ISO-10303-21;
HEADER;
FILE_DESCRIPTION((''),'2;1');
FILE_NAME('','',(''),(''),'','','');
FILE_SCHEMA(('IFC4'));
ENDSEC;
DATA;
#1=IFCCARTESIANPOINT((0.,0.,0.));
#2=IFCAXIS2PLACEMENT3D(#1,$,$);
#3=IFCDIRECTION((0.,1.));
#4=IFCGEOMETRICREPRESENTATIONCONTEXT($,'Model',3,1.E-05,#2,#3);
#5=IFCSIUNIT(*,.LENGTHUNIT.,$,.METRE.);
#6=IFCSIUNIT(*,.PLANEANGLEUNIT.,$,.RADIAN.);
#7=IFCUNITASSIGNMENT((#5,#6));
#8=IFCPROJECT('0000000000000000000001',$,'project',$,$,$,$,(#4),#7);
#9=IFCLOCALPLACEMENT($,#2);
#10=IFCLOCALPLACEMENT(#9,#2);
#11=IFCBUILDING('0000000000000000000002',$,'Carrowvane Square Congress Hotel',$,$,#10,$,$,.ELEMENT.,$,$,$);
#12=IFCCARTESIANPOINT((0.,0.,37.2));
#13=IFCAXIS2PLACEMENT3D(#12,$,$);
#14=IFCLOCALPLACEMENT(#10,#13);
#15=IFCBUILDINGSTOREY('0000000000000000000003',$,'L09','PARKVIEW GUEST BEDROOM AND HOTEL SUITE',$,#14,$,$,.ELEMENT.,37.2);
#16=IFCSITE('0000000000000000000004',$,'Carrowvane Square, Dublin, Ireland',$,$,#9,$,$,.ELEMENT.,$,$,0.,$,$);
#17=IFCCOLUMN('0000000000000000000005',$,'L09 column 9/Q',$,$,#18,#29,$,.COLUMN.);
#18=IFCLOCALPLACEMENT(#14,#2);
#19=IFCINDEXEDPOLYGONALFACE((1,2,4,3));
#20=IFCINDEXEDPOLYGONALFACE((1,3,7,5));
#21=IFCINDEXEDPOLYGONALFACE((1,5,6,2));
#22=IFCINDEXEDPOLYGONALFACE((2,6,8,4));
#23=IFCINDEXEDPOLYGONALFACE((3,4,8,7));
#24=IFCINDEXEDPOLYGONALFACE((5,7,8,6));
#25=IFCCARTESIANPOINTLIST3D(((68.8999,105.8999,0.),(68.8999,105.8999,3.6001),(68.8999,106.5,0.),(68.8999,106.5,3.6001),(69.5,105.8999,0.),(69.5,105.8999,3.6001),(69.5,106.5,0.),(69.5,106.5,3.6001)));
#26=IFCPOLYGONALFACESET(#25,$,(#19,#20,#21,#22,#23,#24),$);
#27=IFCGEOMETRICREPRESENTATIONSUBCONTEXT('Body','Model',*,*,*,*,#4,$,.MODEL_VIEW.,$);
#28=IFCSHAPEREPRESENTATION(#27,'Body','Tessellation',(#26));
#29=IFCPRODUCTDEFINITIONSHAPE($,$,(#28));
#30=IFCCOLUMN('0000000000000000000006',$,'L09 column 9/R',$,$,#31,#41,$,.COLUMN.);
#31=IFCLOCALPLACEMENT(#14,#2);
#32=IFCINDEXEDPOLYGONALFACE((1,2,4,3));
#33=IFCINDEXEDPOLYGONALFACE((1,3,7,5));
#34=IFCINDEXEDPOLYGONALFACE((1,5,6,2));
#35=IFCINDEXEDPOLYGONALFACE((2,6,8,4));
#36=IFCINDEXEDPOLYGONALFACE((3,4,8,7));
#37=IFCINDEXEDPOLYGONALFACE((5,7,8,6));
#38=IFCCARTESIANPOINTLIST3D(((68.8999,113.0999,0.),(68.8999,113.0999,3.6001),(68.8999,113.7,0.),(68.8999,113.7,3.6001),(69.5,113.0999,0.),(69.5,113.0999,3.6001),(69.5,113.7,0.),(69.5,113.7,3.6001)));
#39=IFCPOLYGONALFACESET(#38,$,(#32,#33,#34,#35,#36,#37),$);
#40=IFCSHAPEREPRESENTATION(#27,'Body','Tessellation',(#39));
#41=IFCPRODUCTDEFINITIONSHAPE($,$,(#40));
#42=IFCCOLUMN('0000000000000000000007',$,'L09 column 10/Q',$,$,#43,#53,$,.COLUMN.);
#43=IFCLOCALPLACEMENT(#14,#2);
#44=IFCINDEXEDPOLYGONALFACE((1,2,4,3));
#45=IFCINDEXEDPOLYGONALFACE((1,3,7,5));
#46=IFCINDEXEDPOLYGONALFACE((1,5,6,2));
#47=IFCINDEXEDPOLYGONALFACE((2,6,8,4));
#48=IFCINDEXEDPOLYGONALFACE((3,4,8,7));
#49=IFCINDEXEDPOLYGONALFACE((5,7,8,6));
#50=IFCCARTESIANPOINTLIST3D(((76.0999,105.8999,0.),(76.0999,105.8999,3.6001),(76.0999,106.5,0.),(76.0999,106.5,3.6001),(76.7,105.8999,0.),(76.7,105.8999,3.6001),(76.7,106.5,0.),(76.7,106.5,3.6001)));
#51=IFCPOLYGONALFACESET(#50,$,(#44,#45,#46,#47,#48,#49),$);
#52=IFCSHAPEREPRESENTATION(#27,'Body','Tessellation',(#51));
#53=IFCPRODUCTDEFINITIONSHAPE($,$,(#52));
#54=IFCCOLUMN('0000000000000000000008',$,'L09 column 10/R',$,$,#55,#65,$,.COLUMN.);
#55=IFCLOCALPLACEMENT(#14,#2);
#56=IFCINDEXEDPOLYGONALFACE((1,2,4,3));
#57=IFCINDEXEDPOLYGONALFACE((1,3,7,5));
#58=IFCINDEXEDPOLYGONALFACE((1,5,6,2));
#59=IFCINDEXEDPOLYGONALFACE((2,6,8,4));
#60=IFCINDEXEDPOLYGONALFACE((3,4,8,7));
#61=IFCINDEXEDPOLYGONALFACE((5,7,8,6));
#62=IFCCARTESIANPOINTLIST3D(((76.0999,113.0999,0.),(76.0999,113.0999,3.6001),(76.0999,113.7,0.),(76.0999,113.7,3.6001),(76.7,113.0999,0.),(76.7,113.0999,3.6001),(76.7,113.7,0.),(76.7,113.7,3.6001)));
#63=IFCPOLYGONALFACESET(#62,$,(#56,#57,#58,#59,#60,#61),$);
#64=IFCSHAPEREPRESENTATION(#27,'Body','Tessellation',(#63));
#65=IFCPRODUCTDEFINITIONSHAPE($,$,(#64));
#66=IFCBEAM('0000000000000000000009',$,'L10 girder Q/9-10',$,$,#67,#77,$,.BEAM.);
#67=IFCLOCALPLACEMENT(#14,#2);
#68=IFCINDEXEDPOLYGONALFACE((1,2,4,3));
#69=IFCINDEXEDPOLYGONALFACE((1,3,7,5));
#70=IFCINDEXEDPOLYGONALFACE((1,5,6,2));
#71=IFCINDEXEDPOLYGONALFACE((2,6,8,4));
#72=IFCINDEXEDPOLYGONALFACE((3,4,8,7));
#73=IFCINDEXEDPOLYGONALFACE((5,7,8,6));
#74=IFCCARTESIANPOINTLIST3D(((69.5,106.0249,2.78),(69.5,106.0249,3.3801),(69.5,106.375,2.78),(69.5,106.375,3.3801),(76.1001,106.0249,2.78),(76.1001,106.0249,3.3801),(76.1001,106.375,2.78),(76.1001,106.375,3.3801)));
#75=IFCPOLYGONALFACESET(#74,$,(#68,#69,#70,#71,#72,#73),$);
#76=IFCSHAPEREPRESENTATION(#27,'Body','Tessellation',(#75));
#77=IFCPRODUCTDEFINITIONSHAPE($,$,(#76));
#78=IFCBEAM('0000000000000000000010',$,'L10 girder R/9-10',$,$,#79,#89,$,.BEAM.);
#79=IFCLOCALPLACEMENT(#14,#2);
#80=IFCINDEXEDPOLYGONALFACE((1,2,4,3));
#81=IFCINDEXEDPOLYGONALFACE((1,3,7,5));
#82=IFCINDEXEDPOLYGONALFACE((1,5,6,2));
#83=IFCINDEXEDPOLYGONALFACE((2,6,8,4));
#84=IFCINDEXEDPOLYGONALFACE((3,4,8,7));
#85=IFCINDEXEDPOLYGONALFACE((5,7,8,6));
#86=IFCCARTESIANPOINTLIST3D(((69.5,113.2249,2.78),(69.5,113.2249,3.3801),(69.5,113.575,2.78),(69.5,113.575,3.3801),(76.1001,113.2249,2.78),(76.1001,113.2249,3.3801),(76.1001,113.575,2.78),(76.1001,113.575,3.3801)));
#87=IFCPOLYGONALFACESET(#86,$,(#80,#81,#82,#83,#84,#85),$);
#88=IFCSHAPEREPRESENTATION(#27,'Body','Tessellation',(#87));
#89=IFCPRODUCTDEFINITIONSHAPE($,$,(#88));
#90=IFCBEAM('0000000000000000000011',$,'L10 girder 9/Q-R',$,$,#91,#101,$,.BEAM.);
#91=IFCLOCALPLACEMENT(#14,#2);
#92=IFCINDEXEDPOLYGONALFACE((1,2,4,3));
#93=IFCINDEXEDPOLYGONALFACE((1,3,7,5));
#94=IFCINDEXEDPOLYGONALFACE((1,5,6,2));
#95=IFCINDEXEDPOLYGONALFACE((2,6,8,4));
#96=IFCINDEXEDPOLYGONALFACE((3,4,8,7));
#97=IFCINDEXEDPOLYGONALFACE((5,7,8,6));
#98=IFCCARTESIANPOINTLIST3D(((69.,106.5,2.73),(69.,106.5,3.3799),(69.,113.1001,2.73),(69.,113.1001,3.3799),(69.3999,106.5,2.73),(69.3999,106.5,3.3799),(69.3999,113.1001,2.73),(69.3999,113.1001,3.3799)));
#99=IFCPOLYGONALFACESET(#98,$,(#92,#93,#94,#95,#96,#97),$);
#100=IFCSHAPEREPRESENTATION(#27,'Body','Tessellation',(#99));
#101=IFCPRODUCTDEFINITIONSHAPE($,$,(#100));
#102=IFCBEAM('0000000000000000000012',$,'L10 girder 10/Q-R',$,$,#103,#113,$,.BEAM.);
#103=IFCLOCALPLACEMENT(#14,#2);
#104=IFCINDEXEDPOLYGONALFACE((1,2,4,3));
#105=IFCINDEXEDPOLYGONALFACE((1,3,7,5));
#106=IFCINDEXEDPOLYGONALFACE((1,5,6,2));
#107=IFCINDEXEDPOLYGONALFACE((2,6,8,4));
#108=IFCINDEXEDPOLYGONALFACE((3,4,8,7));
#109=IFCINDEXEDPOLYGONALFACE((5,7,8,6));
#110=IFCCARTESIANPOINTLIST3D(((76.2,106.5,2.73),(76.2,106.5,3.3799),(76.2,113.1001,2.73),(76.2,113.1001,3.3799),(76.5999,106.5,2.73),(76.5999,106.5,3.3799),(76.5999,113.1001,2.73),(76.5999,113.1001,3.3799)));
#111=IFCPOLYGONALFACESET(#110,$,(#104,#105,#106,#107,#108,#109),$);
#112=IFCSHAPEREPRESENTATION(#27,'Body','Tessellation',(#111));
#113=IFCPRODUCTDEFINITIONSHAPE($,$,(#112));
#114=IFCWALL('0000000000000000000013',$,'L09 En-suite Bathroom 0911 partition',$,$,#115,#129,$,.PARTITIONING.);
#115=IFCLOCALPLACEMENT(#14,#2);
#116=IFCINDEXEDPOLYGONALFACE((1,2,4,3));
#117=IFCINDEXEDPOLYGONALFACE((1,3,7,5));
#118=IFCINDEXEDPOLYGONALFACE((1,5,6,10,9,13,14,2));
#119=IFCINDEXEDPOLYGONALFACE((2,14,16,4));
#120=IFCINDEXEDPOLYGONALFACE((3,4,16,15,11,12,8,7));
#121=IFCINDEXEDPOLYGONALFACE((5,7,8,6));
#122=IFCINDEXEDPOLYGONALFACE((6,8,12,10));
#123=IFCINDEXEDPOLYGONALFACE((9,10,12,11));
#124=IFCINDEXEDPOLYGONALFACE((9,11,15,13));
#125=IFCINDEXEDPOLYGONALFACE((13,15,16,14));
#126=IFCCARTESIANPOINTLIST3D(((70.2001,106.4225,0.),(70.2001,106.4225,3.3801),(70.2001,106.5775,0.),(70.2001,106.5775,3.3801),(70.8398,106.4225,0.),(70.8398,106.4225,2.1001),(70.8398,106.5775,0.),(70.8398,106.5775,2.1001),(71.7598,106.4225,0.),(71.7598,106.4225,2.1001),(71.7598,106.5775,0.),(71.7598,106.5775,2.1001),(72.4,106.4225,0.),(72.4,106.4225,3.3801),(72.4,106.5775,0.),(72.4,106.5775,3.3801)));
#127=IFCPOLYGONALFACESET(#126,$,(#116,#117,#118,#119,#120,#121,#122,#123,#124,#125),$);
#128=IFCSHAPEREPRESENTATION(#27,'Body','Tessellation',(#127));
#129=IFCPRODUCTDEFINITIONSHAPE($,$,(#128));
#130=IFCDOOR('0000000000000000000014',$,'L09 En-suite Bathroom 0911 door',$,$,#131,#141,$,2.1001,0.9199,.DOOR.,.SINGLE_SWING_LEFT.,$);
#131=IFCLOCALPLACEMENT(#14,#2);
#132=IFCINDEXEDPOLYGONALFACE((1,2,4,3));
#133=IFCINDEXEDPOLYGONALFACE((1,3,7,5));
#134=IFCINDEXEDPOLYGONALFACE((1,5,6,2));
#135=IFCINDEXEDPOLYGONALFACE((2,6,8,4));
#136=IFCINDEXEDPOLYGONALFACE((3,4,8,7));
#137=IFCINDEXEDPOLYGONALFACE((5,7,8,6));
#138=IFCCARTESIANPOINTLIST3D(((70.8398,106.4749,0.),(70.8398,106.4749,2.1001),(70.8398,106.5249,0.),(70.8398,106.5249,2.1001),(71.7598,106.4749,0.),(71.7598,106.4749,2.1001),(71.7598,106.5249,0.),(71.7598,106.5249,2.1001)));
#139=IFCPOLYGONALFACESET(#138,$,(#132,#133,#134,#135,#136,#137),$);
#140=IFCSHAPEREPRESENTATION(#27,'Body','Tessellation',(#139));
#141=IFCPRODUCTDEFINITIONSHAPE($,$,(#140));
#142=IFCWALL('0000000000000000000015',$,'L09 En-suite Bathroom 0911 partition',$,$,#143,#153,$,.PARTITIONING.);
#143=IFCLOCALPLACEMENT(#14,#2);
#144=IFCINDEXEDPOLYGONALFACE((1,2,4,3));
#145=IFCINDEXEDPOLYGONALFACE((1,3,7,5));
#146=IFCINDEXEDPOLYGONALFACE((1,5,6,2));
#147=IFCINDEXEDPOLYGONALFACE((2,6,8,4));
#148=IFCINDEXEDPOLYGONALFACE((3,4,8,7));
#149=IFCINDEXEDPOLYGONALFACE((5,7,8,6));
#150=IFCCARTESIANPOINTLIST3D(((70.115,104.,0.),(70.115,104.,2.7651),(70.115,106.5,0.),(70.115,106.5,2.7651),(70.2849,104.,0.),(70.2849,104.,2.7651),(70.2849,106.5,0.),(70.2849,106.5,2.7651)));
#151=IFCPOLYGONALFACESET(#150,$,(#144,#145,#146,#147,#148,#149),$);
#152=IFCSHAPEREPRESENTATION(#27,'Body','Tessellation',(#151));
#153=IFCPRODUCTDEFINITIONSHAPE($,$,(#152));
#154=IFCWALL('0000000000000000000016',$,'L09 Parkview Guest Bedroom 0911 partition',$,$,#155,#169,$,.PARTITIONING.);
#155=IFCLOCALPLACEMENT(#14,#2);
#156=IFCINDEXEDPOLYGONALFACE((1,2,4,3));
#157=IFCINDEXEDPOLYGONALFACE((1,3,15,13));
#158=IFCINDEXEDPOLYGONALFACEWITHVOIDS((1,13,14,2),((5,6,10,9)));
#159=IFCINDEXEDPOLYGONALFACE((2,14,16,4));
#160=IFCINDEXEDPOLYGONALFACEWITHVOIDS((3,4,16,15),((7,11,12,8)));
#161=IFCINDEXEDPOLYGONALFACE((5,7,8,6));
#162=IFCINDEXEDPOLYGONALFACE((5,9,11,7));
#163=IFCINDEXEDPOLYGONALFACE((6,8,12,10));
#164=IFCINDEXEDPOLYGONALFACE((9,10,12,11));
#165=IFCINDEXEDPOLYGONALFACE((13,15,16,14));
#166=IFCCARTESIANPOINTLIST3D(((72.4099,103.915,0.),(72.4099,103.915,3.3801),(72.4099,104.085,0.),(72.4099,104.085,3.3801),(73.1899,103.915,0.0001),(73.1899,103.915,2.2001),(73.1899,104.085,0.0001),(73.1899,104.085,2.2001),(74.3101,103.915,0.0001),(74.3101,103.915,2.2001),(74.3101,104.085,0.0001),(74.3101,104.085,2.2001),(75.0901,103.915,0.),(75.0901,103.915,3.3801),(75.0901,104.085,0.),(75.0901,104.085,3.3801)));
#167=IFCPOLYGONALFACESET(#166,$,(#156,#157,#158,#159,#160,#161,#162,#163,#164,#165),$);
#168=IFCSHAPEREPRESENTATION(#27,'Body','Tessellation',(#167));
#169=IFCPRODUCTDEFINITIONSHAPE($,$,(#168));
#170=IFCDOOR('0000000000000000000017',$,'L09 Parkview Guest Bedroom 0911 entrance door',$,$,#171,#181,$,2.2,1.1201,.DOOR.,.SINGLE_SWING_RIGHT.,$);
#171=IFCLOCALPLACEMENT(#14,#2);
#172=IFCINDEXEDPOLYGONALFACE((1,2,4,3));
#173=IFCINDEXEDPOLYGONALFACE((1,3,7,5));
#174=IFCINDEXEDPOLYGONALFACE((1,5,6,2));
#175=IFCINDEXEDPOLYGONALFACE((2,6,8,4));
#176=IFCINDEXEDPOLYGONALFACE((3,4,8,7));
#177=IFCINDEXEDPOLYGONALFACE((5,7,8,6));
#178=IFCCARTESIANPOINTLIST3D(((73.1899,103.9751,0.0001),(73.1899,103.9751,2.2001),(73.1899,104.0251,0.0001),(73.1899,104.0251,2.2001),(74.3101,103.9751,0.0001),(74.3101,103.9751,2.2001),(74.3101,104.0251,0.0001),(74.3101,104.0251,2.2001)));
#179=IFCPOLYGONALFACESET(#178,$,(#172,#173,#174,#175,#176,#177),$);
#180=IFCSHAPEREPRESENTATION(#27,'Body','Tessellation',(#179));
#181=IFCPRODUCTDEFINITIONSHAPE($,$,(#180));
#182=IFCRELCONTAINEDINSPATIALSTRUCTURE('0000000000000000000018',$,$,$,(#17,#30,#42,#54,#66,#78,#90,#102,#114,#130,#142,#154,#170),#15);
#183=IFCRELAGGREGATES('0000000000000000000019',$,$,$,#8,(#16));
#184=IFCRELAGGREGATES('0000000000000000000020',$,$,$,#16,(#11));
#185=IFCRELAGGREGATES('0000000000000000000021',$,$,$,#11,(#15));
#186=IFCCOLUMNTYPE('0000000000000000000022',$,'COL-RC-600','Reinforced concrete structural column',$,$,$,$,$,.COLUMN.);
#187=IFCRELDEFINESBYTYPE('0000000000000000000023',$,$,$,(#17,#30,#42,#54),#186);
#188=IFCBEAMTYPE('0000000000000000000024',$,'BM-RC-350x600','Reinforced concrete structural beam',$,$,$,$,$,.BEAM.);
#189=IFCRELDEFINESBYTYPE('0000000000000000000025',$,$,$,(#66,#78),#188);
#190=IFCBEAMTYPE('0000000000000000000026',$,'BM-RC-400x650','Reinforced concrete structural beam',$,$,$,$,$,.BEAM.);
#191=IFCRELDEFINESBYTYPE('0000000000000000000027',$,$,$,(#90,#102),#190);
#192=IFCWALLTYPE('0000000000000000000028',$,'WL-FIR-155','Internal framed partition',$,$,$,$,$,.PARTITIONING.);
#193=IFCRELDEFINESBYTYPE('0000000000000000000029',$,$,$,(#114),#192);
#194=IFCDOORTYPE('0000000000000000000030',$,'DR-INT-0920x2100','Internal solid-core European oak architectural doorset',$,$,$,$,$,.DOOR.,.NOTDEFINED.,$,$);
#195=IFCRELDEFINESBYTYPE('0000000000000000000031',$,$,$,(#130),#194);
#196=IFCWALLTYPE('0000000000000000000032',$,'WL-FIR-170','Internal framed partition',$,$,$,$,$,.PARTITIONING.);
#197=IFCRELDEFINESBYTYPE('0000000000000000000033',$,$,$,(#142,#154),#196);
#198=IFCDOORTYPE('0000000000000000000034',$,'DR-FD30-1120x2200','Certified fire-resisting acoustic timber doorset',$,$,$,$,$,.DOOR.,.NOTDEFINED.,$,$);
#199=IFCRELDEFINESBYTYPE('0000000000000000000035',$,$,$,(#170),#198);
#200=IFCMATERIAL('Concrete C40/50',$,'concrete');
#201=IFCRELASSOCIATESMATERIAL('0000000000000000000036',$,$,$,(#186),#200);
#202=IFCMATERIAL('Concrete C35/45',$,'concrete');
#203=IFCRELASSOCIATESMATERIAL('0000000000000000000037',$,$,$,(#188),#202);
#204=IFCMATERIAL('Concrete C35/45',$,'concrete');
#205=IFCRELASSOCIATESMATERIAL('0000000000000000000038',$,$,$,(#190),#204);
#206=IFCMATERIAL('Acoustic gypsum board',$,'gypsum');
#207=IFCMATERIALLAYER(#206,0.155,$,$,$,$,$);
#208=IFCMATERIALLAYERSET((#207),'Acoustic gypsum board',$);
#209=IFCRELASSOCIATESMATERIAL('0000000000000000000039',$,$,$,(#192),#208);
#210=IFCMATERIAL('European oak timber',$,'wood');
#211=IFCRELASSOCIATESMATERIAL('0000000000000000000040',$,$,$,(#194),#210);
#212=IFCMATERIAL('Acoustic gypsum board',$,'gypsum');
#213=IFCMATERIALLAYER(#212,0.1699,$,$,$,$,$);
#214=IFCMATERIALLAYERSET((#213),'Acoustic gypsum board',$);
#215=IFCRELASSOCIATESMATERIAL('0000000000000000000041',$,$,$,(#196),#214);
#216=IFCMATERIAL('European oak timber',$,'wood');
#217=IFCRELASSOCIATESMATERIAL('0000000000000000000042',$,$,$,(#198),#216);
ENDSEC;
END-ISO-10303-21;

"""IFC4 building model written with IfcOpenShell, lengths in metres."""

from ifc_helpers import new_model, si_unit, direction, frame, frame_2d, origin, origin_2d, place, context, subcontext, project, spatial, rectangle, extrude, material, layer, layer_set, material_profile, profile_set, type_object, element, fill, save


model = new_model("IFC4")

# Units and contexts
model_context = context("Model", 3, precision=1e-05, world=origin(), true_north=direction((0.0, 1.0)))
body_context = subcontext(model_context, "Body", "Model", "MODEL_VIEW")
ifc_project = project(units=[si_unit("LENGTHUNIT", "METRE"), si_unit("PLANEANGLEUNIT", "RADIAN")], contexts=[model_context])

# Site, building, storey
site_placement = place(None, origin())
site = spatial("IfcSite", under=ifc_project, at=site_placement, Name="Carrowvane Square, Dublin, Ireland", CompositionType="ELEMENT", RefElevation=0.0)
building_placement = place(site_placement, origin())
building = spatial("IfcBuilding", under=site, at=building_placement, Name="Carrowvane Square Congress Hotel", CompositionType="ELEMENT")
storey_placement = place(building_placement, frame((0.0, 0.0, 37.2)))
storey = spatial("IfcBuildingStorey", under=building, at=storey_placement, Name="L09", Description="PARKVIEW GUEST BEDROOM AND HOTEL SUITE", CompositionType="ELEMENT", Elevation=37.2)

# Columns
ifc_material_1 = material(Name="Concrete C40/50", Category="concrete")
ifc_material_profile_1 = material_profile(ifc_material_1, rectangle(XDim=0.6001, YDim=0.6001, at=origin_2d()), Name="RC 600x600")
ifc_profile_set_1 = profile_set([ifc_material_profile_1], Name="Concrete C40/50")
column_type = type_object("IfcColumnType", Name="COL-RC-600", Description="Reinforced concrete structural column", PredefinedType="COLUMN", material=ifc_profile_set_1)
for number, where, z_axis, x_axis, name in (
    (1, (69.2, 106.2, 0.0), (0.0, 0.0, 1.0), (1.0, 0.0, 0.0), "L09 column 9/Q"),
    (2, (69.2, 113.3999, 0.0), (0.0, 0.0, 1.0), (1.0, 0.0, 0.0), "L09 column 9/R"),
    (3, (76.3999, 106.2, 0.0), (0.0, 0.0, 1.0), (1.0, 0.0, 0.0), "L09 column 10/Q"),
    (4, (76.3999, 113.3999, 0.0), (0.0, 0.0, 1.0), (1.0, 0.0, 0.0), "L09 column 10/R"),
):
    element("IfcColumn", number, at=place(storey_placement, frame(where, z_axis=z_axis, x_axis=x_axis)), inside=storey, type_object=column_type, Name=name, PredefinedType="COLUMN", context=body_context, shape_type="SweptSolid", body=[
        extrude(rectangle(XDim=0.6001, YDim=0.6001, at=origin_2d()), origin(), (0.0, 0.0, 1.0), 3.6001),
    ])

# Beams
ifc_material_2 = material(Name="Concrete C35/45", Category="concrete")
ifc_material_profile_2 = material_profile(ifc_material_2, rectangle(XDim=0.3501, YDim=0.6001, at=origin_2d()), Name="RC 350x600")
ifc_profile_set_2 = profile_set([ifc_material_profile_2], Name="Concrete C35/45")
beam_type_1 = type_object("IfcBeamType", Name="BM-RC-350x600", Description="Reinforced concrete structural beam", PredefinedType="BEAM", material=ifc_profile_set_2)
for number, where, z_axis, x_axis, name in (
    (5, (69.5, 106.2, 3.0801), (1.0, 0.0, 0.0), (0.0, 1.0, 0.0), "L10 girder Q/9-10"),
    (6, (69.5, 113.3999, 3.0801), (1.0, 0.0, 0.0), (0.0, 1.0, 0.0), "L10 girder R/9-10"),
):
    element("IfcBeam", number, at=place(storey_placement, frame(where, z_axis=z_axis, x_axis=x_axis)), inside=storey, type_object=beam_type_1, Name=name, PredefinedType="BEAM", context=body_context, shape_type="SweptSolid", body=[
        extrude(rectangle(XDim=0.3501, YDim=0.6001, at=origin_2d()), origin(), (0.0, 0.0, 1.0), 6.6001),
    ])
ifc_material_3 = material(Name="Concrete C35/45", Category="concrete")
ifc_material_profile_3 = material_profile(ifc_material_3, rectangle(XDim=0.3999, YDim=0.6499, at=origin_2d()), Name="RC 400x650")
ifc_profile_set_3 = profile_set([ifc_material_profile_3], Name="Concrete C35/45")
beam_type_2 = type_object("IfcBeamType", Name="BM-RC-400x650", Description="Reinforced concrete structural beam", PredefinedType="BEAM", material=ifc_profile_set_3)
for number, where, z_axis, x_axis, name in (
    (7, (69.2, 106.5, 3.0549), (0.0, 1.0, 0.0), (-1.0, 0.0, 0.0), "L10 girder 9/Q-R"),
    (8, (76.3999, 106.5, 3.0549), (0.0, 1.0, 0.0), (-1.0, 0.0, 0.0), "L10 girder 10/Q-R"),
):
    element("IfcBeam", number, at=place(storey_placement, frame(where, z_axis=z_axis, x_axis=x_axis)), inside=storey, type_object=beam_type_2, Name=name, PredefinedType="BEAM", context=body_context, shape_type="SweptSolid", body=[
        extrude(rectangle(XDim=0.3999, YDim=0.6499, at=origin_2d()), origin(), (0.0, 0.0, 1.0), 6.6001),
    ])

# Wall, opening, door
ifc_material_4 = material(Name="Acoustic gypsum board", Category="gypsum")
ifc_layer_1 = layer(ifc_material_4, 0.155)
ifc_layer_set_1 = layer_set([ifc_layer_1], Name="Acoustic gypsum board")
wall_type_1 = type_object("IfcWallType", Name="WL-FIR-155", Description="Internal framed partition", PredefinedType="PARTITIONING", material=ifc_layer_set_1)
wall_1_placement = place(storey_placement, frame((70.2, 106.5, 0.0), z_axis=(0.0, 0.0, 1.0), x_axis=(1.0, 0.0, 0.0)))
wall_1 = element("IfcWall", 9, at=wall_1_placement, inside=storey, type_object=wall_type_1, Name="L09 En-suite Bathroom 0911 partition", PredefinedType="PARTITIONING", context=body_context, shape_type="SweptSolid", body=[
    extrude(rectangle(XDim=2.2, YDim=0.155, at=frame_2d((1.1001, 0.0))), origin(), (0.0, 0.0, 1.0), 3.3801),
])
opening_1_placement = place(wall_1_placement, frame((0.6399, 0.0, 0.0)))
opening_1 = element("IfcOpeningElement", 10, at=opening_1_placement, cuts=wall_1, PredefinedType="OPENING", context=body_context, shape_type="SweptSolid", body=[
    extrude(rectangle(XDim=0.9199, YDim=2.1001, at=frame_2d((0.46, 1.05))), frame((0.0, 0.0874, 0.0), z_axis=(0.0, -1.0, 0.0), x_axis=(1.0, 0.0, 0.0)), (0.0, 0.0, 1.0), 0.175),
])
ifc_material_5 = material(Name="European oak timber", Category="wood")
door_type_1 = type_object("IfcDoorType", Name="DR-INT-0920x2100", Description="Internal solid-core European oak architectural doorset", OperationType="NOTDEFINED", PredefinedType="DOOR", material=ifc_material_5)
door_1_placement = place(opening_1_placement, origin())
door_1 = element("IfcDoor", 11, at=door_1_placement, inside=storey, type_object=door_type_1, Name="L09 En-suite Bathroom 0911 door", OperationType="SINGLE_SWING_LEFT", OverallHeight=2.1001, OverallWidth=0.9199, PredefinedType="DOOR", context=body_context, shape_type="SweptSolid", body=[
    extrude(rectangle(XDim=0.9199, YDim=2.1001, at=frame_2d((0.46, 1.05))), frame((0.0, 0.0249, 0.0), z_axis=(0.0, -1.0, 0.0), x_axis=(1.0, 0.0, 0.0)), (0.0, 0.0, 1.0), 0.05),
])
fill(opening_1, door_1)

# Wall
ifc_material_6 = material(Name="Acoustic gypsum board", Category="gypsum")
ifc_layer_2 = layer(ifc_material_6, 0.1699)
ifc_layer_set_2 = layer_set([ifc_layer_2], Name="Acoustic gypsum board")
wall_type_2 = type_object("IfcWallType", Name="WL-FIR-170", Description="Internal framed partition", PredefinedType="PARTITIONING", material=ifc_layer_set_2)
wall_2_placement = place(storey_placement, frame((70.2, 104.0, 0.0), z_axis=(0.0, 0.0, 1.0), x_axis=(0.0, 1.0, 0.0)))
element("IfcWall", 12, at=wall_2_placement, inside=storey, type_object=wall_type_2, Name="L09 En-suite Bathroom 0911 partition", PredefinedType="PARTITIONING", context=body_context, shape_type="SweptSolid", body=[
    extrude(rectangle(XDim=2.5, YDim=0.1699, at=frame_2d((1.25, 0.0))), origin(), (0.0, 0.0, 1.0), 2.7651),
])

# Wall, opening, door
wall_3_placement = place(storey_placement, frame((75.0901, 104.0, 0.0), z_axis=(0.0, 0.0, 1.0), x_axis=(-1.0, 0.0, 0.0)))
wall_3 = element("IfcWall", 13, at=wall_3_placement, inside=storey, type_object=wall_type_2, Name="L09 Parkview Guest Bedroom 0911 partition", PredefinedType="PARTITIONING", context=body_context, shape_type="SweptSolid", body=[
    extrude(rectangle(XDim=2.6802, YDim=0.1699, at=frame_2d((1.3401, 0.0))), origin(), (0.0, 0.0, 1.0), 3.3801),
])
opening_2_placement = place(wall_3_placement, frame((0.78, 0.0, 0.0)))
opening_2 = element("IfcOpeningElement", 14, at=opening_2_placement, cuts=wall_3, PredefinedType="OPENING", context=body_context, shape_type="SweptSolid", body=[
    extrude(rectangle(XDim=1.1201, YDim=2.2, at=frame_2d((0.5601, 1.1001))), frame((0.0, 0.095, 0.0), z_axis=(0.0, -1.0, 0.0), x_axis=(1.0, 0.0, 0.0)), (0.0, 0.0, 1.0), 0.1899),
])
ifc_material_7 = material(Name="European oak timber", Category="wood")
door_type_2 = type_object("IfcDoorType", Name="DR-FD30-1120x2200", Description="Certified fire-resisting acoustic timber doorset", OperationType="NOTDEFINED", PredefinedType="DOOR", material=ifc_material_7)
door_2_placement = place(opening_2_placement, origin())
door_2 = element("IfcDoor", 15, at=door_2_placement, inside=storey, type_object=door_type_2, Name="L09 Parkview Guest Bedroom 0911 entrance door", OperationType="SINGLE_SWING_RIGHT", OverallHeight=2.2, OverallWidth=1.1201, PredefinedType="DOOR", context=body_context, shape_type="SweptSolid", body=[
    extrude(rectangle(XDim=1.1201, YDim=2.2, at=frame_2d((0.5601, 1.1001))), frame((0.0, 0.0249, 0.0), z_axis=(0.0, -1.0, 0.0), x_axis=(1.0, 0.0, 0.0)), (0.0, 0.0, 1.0), 0.05),
])
fill(opening_2, door_2)

save(model, "model.ifc")
